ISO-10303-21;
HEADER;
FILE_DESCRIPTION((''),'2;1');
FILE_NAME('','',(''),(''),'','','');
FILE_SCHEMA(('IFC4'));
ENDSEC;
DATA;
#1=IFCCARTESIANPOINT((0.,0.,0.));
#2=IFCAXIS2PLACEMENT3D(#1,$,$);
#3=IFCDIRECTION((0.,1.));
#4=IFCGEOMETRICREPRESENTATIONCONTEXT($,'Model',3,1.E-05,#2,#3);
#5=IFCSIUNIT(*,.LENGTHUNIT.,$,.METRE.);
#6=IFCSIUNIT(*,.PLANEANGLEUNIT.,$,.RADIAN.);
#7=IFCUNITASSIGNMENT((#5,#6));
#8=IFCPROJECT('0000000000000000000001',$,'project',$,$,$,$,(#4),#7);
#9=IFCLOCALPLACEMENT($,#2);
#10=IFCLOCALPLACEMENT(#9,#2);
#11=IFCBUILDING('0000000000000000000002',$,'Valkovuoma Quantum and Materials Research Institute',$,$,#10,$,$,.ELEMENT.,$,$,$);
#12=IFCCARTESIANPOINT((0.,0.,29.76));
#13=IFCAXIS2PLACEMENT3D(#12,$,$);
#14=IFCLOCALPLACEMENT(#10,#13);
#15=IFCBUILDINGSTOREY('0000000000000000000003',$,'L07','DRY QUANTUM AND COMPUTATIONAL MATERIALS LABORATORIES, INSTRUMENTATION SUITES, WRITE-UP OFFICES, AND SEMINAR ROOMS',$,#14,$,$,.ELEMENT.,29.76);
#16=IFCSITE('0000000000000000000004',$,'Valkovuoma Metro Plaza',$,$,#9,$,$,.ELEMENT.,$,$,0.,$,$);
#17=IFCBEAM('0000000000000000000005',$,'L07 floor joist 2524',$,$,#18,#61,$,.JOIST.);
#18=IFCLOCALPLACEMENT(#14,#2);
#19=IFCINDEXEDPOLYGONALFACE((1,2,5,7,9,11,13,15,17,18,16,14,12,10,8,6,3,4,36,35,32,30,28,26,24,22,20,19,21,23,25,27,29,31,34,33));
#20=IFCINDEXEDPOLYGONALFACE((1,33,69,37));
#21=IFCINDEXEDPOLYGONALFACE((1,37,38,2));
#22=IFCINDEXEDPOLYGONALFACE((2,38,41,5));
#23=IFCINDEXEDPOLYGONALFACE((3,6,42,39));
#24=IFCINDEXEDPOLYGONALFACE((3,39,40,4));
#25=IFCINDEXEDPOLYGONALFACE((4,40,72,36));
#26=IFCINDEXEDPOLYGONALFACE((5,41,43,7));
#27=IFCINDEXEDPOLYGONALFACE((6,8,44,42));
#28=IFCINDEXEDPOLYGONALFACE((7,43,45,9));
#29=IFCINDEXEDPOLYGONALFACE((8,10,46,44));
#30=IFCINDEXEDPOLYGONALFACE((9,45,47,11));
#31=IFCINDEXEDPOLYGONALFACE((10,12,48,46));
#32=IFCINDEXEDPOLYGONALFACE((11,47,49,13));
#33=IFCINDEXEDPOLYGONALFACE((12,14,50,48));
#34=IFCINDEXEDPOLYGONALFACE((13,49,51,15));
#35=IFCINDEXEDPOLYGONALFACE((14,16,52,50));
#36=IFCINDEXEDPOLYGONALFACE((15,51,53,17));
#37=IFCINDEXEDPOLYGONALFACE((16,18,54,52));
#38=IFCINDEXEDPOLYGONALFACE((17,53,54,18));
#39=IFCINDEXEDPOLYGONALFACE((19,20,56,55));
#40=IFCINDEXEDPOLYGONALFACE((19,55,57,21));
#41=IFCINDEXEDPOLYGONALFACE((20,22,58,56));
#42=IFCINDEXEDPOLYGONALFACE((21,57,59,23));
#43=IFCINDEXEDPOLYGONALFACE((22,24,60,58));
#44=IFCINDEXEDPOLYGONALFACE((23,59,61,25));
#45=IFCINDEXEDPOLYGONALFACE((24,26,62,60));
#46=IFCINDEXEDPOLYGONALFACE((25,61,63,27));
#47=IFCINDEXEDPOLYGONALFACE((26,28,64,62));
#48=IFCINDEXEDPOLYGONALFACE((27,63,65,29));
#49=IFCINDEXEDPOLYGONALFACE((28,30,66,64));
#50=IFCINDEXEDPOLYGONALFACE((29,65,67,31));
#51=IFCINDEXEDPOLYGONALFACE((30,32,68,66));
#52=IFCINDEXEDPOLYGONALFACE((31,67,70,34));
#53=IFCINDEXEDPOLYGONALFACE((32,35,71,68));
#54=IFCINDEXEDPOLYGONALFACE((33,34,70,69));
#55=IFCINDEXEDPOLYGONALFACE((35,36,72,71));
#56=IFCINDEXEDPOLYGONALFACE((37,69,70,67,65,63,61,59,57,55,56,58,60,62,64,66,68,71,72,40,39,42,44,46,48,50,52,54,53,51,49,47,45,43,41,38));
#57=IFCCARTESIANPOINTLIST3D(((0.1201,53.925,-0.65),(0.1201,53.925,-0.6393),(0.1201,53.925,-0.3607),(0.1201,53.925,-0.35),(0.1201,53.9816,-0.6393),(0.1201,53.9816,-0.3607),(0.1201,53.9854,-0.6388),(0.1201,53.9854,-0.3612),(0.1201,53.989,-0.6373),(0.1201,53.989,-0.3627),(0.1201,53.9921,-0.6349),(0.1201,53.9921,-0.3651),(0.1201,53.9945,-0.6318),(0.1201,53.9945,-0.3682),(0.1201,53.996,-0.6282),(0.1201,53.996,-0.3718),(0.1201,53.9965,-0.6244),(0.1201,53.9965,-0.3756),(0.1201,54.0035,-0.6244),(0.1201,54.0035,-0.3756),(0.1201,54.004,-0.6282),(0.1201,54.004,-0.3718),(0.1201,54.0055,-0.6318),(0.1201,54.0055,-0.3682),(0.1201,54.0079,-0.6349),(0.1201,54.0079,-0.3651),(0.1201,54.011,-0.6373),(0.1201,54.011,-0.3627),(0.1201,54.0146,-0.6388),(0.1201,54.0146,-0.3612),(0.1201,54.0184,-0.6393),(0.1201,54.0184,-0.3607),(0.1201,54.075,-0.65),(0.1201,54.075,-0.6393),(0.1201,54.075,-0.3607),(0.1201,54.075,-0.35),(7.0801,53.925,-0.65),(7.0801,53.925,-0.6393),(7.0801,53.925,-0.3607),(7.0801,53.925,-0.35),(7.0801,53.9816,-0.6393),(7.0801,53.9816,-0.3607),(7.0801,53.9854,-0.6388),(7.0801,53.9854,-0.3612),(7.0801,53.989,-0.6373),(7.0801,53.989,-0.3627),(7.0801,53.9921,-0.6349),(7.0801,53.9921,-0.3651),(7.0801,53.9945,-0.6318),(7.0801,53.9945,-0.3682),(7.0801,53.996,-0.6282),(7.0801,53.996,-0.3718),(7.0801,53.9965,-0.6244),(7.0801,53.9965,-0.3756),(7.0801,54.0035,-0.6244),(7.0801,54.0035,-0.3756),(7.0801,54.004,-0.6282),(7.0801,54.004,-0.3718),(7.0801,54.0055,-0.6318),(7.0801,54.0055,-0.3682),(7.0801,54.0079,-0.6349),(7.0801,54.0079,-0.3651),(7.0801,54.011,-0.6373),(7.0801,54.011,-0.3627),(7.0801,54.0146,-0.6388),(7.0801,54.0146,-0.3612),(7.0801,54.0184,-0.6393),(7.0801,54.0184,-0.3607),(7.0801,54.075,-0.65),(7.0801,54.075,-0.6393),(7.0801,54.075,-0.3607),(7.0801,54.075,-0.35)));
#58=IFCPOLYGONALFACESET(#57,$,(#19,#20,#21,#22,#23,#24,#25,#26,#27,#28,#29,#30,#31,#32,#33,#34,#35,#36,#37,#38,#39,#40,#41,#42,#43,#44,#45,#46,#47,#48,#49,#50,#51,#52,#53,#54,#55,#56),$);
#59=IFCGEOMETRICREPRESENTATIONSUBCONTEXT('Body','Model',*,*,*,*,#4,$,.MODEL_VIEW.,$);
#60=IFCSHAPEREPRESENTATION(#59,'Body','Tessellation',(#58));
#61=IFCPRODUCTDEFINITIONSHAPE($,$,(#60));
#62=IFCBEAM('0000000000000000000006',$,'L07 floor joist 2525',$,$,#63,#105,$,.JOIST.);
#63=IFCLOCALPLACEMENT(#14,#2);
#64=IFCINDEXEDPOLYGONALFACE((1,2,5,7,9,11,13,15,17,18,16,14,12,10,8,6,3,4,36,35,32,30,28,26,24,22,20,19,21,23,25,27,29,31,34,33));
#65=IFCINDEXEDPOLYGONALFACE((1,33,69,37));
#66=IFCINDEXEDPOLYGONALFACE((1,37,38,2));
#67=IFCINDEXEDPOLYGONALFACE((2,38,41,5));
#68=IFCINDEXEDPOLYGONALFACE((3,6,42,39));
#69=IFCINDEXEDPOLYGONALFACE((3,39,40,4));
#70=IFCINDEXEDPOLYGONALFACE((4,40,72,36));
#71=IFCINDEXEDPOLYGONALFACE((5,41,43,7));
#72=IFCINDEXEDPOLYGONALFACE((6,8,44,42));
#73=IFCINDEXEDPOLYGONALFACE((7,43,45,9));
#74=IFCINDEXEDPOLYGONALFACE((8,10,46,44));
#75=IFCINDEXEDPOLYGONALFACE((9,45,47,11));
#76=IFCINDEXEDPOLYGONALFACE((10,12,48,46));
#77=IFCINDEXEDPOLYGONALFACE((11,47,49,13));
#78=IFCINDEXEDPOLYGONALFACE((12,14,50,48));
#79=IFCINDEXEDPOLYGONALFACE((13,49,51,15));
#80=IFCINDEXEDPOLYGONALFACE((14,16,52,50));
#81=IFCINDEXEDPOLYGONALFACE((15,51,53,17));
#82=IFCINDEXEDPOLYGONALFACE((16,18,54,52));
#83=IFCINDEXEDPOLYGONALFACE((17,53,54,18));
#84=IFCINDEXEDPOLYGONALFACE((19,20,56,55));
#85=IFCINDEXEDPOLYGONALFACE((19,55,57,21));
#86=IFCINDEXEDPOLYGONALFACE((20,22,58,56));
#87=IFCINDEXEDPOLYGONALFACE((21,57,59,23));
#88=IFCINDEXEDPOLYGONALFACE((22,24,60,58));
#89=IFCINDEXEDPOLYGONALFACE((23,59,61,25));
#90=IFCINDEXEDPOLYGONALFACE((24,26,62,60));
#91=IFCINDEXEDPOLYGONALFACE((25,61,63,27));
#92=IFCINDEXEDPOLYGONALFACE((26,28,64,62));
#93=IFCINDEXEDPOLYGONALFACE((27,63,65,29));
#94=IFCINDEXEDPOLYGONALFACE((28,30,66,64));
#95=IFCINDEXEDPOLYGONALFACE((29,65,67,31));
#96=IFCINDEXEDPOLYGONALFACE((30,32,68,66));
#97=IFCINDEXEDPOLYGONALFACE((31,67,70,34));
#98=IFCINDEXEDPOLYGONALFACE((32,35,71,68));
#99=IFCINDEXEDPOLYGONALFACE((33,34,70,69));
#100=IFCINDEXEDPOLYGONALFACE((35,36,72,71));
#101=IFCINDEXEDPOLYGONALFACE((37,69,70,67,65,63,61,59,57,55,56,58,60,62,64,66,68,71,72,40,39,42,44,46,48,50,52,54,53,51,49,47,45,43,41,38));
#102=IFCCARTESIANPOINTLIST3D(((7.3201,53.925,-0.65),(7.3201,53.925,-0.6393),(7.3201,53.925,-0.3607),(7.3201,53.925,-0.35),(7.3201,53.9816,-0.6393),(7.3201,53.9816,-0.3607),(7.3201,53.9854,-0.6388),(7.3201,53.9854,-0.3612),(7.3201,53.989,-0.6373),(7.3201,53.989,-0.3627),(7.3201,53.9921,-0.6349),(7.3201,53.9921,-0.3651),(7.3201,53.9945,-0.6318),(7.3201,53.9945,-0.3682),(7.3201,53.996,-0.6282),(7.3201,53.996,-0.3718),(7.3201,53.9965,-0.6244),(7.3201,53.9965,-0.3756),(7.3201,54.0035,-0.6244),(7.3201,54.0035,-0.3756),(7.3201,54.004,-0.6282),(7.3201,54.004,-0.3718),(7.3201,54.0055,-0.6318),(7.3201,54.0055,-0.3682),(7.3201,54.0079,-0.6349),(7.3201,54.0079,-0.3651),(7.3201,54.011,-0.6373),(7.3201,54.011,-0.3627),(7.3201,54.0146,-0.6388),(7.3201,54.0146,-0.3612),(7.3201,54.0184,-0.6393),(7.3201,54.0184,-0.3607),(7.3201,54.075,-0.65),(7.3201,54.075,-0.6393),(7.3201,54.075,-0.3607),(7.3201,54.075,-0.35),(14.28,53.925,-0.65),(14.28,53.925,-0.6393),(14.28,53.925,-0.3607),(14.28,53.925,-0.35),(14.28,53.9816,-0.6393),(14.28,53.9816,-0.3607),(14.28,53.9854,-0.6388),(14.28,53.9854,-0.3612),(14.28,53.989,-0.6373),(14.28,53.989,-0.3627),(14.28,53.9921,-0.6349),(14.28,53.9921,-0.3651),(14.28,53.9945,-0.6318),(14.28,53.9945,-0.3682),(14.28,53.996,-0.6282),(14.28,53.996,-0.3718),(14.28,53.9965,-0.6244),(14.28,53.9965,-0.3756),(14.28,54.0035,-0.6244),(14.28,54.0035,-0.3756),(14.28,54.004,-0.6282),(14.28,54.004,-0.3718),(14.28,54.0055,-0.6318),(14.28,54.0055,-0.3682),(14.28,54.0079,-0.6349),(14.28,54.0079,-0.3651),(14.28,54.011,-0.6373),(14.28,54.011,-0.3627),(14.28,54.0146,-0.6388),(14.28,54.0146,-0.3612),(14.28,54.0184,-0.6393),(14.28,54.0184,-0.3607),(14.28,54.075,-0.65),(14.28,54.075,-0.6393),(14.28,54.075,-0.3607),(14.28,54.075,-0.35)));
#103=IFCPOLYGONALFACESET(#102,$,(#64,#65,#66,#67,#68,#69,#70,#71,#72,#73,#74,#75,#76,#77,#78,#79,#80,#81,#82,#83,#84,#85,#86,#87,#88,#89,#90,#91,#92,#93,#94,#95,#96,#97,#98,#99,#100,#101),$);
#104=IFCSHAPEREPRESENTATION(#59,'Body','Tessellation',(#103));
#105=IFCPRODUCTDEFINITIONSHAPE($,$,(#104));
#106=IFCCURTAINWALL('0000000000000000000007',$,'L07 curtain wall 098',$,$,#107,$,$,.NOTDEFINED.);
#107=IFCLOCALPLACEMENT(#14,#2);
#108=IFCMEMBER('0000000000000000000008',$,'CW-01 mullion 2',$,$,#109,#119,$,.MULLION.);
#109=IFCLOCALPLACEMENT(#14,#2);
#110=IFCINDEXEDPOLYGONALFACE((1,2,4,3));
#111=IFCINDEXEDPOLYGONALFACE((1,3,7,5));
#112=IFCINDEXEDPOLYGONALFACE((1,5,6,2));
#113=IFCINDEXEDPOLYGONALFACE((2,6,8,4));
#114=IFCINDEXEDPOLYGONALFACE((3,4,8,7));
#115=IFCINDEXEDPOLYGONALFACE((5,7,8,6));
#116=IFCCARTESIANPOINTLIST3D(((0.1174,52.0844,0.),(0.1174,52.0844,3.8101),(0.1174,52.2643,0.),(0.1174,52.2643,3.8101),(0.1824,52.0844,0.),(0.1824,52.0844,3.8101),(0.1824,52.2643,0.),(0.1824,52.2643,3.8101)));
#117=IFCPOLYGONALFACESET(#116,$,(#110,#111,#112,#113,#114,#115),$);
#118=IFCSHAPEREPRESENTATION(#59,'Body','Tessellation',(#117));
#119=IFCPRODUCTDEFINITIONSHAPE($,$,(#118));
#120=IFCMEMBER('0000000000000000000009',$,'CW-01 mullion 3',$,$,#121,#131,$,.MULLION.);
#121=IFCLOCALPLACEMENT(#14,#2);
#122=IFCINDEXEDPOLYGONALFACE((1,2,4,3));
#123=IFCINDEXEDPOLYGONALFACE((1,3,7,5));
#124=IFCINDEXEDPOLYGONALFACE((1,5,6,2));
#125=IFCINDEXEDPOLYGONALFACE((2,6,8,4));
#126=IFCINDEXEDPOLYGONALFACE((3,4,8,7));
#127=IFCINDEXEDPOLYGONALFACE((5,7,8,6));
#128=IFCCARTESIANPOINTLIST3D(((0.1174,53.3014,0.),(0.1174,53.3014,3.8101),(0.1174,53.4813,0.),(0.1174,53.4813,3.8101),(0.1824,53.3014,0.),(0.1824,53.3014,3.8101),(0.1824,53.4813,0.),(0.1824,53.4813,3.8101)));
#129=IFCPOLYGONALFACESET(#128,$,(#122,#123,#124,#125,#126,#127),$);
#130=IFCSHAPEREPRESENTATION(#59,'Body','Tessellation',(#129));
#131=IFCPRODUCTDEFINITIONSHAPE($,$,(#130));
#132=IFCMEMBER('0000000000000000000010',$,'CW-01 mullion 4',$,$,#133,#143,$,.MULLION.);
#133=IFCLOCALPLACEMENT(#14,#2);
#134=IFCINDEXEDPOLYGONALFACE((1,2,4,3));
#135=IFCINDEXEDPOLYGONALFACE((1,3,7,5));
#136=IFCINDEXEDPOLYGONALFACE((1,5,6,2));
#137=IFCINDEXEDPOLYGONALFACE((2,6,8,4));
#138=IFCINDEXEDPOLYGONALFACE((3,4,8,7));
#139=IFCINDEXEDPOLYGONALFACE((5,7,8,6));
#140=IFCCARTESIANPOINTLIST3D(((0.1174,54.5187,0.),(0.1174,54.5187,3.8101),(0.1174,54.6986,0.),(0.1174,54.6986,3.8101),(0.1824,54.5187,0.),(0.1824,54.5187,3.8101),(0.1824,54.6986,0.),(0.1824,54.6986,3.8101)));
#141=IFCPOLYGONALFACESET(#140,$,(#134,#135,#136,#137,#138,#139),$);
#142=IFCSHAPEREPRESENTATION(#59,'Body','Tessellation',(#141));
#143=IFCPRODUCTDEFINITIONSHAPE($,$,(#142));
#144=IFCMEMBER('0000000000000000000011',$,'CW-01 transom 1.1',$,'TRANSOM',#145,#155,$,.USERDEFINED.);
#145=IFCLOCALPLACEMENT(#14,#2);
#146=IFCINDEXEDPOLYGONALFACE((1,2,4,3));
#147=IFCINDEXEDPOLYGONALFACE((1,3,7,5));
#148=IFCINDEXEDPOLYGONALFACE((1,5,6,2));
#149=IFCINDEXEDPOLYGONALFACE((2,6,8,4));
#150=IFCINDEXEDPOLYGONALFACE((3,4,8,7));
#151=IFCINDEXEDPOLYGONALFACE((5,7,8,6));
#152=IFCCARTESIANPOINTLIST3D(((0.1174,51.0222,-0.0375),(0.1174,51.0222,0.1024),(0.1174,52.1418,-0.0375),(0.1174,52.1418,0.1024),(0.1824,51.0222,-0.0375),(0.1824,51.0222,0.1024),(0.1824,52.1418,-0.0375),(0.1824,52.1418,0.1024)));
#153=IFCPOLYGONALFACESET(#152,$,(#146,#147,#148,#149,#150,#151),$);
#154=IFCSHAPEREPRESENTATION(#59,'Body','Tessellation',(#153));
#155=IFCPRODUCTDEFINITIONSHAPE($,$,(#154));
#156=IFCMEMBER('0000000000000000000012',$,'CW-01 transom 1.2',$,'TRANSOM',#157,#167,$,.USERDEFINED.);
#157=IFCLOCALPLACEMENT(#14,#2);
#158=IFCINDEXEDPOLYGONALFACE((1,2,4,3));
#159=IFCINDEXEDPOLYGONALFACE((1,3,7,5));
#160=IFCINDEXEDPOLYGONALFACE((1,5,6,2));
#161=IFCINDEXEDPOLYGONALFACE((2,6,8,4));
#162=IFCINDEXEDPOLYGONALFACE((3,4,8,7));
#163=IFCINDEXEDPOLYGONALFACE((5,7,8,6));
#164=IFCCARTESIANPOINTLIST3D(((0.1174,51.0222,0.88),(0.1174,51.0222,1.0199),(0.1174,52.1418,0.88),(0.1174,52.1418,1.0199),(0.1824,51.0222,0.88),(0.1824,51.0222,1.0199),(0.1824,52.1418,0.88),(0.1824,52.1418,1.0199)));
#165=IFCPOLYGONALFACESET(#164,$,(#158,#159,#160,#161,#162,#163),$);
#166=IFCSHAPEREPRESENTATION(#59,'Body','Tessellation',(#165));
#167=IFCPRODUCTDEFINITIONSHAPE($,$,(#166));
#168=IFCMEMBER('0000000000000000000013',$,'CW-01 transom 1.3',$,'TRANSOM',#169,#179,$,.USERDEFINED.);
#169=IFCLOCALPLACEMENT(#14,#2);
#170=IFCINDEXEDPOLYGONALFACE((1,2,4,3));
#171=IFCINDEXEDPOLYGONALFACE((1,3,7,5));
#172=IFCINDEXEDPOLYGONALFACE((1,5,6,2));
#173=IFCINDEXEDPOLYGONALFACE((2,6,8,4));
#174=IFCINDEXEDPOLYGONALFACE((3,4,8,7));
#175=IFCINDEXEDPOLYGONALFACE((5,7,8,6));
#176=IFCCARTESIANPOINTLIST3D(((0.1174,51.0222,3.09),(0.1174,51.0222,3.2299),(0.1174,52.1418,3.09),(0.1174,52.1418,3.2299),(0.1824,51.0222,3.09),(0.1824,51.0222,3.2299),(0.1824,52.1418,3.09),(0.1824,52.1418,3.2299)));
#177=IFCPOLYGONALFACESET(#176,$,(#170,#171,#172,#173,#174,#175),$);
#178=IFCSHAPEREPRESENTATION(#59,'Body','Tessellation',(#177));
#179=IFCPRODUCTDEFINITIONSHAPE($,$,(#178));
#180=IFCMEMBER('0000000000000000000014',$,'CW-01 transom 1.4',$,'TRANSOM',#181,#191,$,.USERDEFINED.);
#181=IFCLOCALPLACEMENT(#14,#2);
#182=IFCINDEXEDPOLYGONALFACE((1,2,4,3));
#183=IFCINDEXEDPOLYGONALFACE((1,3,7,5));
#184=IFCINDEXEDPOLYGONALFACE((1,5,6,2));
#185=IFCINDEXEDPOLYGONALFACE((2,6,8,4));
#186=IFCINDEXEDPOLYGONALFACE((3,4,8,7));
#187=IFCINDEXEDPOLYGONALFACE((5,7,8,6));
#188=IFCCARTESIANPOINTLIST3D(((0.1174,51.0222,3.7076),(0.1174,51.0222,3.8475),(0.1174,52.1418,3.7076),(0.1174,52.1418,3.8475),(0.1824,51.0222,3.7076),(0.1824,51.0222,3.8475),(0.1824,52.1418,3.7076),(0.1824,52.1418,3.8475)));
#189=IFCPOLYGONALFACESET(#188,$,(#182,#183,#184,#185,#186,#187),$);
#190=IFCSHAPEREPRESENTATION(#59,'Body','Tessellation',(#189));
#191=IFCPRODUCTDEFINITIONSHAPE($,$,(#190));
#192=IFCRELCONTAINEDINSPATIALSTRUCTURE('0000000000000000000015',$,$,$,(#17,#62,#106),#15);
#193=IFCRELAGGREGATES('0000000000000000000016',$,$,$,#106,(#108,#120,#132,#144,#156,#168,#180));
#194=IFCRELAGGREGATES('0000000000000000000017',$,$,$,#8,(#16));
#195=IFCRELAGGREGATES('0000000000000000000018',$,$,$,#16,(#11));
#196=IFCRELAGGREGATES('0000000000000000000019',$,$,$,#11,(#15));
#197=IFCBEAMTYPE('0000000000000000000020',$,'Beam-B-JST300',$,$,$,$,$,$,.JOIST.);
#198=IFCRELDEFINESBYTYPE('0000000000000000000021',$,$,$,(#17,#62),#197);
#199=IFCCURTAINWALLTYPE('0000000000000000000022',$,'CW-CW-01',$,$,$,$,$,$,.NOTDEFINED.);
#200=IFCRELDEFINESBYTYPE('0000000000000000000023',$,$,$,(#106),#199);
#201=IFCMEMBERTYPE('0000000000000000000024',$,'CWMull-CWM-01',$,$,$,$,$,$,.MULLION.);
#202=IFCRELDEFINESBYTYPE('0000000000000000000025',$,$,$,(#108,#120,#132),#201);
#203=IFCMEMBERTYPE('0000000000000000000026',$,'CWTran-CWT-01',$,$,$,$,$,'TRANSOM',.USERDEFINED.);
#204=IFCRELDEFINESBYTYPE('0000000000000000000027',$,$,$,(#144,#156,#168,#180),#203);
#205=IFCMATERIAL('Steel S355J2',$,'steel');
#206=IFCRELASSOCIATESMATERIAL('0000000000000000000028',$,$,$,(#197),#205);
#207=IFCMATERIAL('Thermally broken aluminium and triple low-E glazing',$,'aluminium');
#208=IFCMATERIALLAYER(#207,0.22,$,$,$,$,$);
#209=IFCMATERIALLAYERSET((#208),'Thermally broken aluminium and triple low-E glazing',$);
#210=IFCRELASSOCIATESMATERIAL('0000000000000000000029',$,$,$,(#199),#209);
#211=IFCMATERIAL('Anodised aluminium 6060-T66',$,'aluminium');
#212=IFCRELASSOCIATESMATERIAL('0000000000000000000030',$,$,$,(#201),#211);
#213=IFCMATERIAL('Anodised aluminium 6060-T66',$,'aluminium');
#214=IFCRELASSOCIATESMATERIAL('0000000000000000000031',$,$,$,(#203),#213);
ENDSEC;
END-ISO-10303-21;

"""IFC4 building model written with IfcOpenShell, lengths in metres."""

from ifc_helpers import new_model, si_unit, direction, frame, origin, origin_2d, place, context, subcontext, project, spatial, rectangle, i_section, extrude, material, layer, layer_set, material_profile, profile_set, type_object, element, aggregate, save


model = new_model("IFC4")

# Units and contexts
model_context = context("Model", 3, precision=1e-05, world=origin(), true_north=direction((0.0, 1.0)))
body_context = subcontext(model_context, "Body", "Model", "MODEL_VIEW")
ifc_project = project(units=[si_unit("LENGTHUNIT", "METRE"), si_unit("PLANEANGLEUNIT", "RADIAN")], contexts=[model_context])

# Site, building, storey
site_placement = place(None, origin())
site = spatial("IfcSite", under=ifc_project, at=site_placement, Name="Valkovuoma Metro Plaza", CompositionType="ELEMENT", RefElevation=0.0)
building_placement = place(site_placement, origin())
building = spatial("IfcBuilding", under=site, at=building_placement, Name="Valkovuoma Quantum and Materials Research Institute", CompositionType="ELEMENT")
storey_placement = place(building_placement, frame((0.0, 0.0, 29.76)))
storey = spatial("IfcBuildingStorey", under=building, at=storey_placement, Name="L07", Description="DRY QUANTUM AND COMPUTATIONAL MATERIALS LABORATORIES, INSTRUMENTATION SUITES, WRITE-UP OFFICES, AND SEMINAR ROOMS", CompositionType="ELEMENT", Elevation=29.76)

# Beams
ifc_material_1 = material(Name="Steel S355J2", Category="steel")
ifc_material_profile_1 = material_profile(ifc_material_1, i_section(OverallWidth=0.1499, OverallDepth=0.3, WebThickness=0.0071, FlangeThickness=0.0107, FilletRadius=0.0149, at=origin_2d()), Name="Steel S355J2")
ifc_profile_set_1 = profile_set([ifc_material_profile_1], Name="Steel S355J2")
beam_type = type_object("IfcBeamType", Name="Beam-B-JST300", PredefinedType="JOIST", material=ifc_profile_set_1)
for number, where, z_axis, x_axis, name in (
    (1, (0.1201, 54.0, -0.5), (1.0, 0.0, 0.0), (0.0, 1.0, 0.0), "L07 floor joist 2524"),
    (2, (7.3201, 54.0, -0.5), (1.0, 0.0, 0.0), (0.0, 1.0, 0.0), "L07 floor joist 2525"),
):
    element("IfcBeam", number, at=place(storey_placement, frame(where, z_axis=z_axis, x_axis=x_axis)), inside=storey, type_object=beam_type, Name=name, PredefinedType="JOIST", context=body_context, shape_type="SweptSolid", body=[
        extrude(i_section(OverallWidth=0.1499, OverallDepth=0.3, WebThickness=0.0071, FlangeThickness=0.0107, FilletRadius=0.0149, at=origin_2d()), origin(), (0.0, 0.0, 1.0), 6.96),
    ])

# Curtain wall, members
ifc_material_2 = material(Name="Thermally broken aluminium and triple low-E glazing", Category="aluminium")
ifc_layer_1 = layer(ifc_material_2, 0.22)
ifc_layer_set_1 = layer_set([ifc_layer_1], Name="Thermally broken aluminium and triple low-E glazing")
curtain_wall_type = type_object("IfcCurtainWallType", Name="CW-CW-01", PredefinedType="NOTDEFINED", material=ifc_layer_set_1)
curtain_wall_placement = place(storey_placement, origin())
curtain_wall = element("IfcCurtainWall", 3, at=curtain_wall_placement, inside=storey, type_object=curtain_wall_type, Name="L07 curtain wall 098", PredefinedType="NOTDEFINED")
ifc_material_3 = material(Name="Anodised aluminium 6060-T66", Category="aluminium")
ifc_material_profile_2 = material_profile(ifc_material_3, rectangle(XDim=0.0649, YDim=0.1799, at=origin_2d()), Name="Anodised aluminium 6060-T66")
ifc_profile_set_2 = profile_set([ifc_material_profile_2], Name="Anodised aluminium 6060-T66")
member_type_1 = type_object("IfcMemberType", Name="CWMull-CWM-01", PredefinedType="MULLION", material=ifc_profile_set_2)
member_1_placement = place(storey_placement, frame((0.1499, 52.1743, 0.0), z_axis=(0.0, 0.0, 1.0), x_axis=(-1.0, 0.0, 0.0)))
member_1 = element("IfcMember", 4, at=member_1_placement, type_object=member_type_1, Name="CW-01 mullion 2", PredefinedType="MULLION", context=body_context, shape_type="SweptSolid", body=[
    extrude(rectangle(XDim=0.0649, YDim=0.1799, at=origin_2d()), origin(), (0.0, 0.0, 1.0), 3.8101),
])
member_2_placement = place(storey_placement, frame((0.1499, 53.3914, 0.0), z_axis=(0.0, 0.0, 1.0), x_axis=(-1.0, 0.0, 0.0)))
member_2 = element("IfcMember", 5, at=member_2_placement, type_object=member_type_1, Name="CW-01 mullion 3", PredefinedType="MULLION", context=body_context, shape_type="SweptSolid", body=[
    extrude(rectangle(XDim=0.0649, YDim=0.1799, at=origin_2d()), origin(), (0.0, 0.0, 1.0), 3.8101),
])
member_3_placement = place(storey_placement, frame((0.1499, 54.6086, 0.0), z_axis=(0.0, 0.0, 1.0), x_axis=(-1.0, 0.0, 0.0)))
member_3 = element("IfcMember", 6, at=member_3_placement, type_object=member_type_1, Name="CW-01 mullion 4", PredefinedType="MULLION", context=body_context, shape_type="SweptSolid", body=[
    extrude(rectangle(XDim=0.0649, YDim=0.1799, at=origin_2d()), origin(), (0.0, 0.0, 1.0), 3.8101),
])
ifc_material_4 = material(Name="Anodised aluminium 6060-T66", Category="aluminium")
ifc_material_profile_3 = material_profile(ifc_material_4, rectangle(XDim=0.0649, YDim=0.1399, at=origin_2d()), Name="Anodised aluminium 6060-T66")
ifc_profile_set_3 = profile_set([ifc_material_profile_3], Name="Anodised aluminium 6060-T66")
member_type_2 = type_object("IfcMemberType", Name="CWTran-CWT-01", ElementType="TRANSOM", PredefinedType="USERDEFINED", material=ifc_profile_set_3)
member_4_placement = place(storey_placement, frame((0.1499, 51.0222, 0.0325), z_axis=(0.0, 1.0, 0.0), x_axis=(-1.0, 0.0, 0.0)))
member_4 = element("IfcMember", 7, at=member_4_placement, type_object=member_type_2, Name="CW-01 transom 1.1", ObjectType="TRANSOM", PredefinedType="USERDEFINED", context=body_context, shape_type="SweptSolid", body=[
    extrude(rectangle(XDim=0.0649, YDim=0.1399, at=origin_2d()), origin(), (0.0, 0.0, 1.0), 1.1196),
])
member_5_placement = place(storey_placement, frame((0.1499, 51.0222, 0.95), z_axis=(0.0, 1.0, 0.0), x_axis=(-1.0, 0.0, 0.0)))
member_5 = element("IfcMember", 8, at=member_5_placement, type_object=member_type_2, Name="CW-01 transom 1.2", ObjectType="TRANSOM", PredefinedType="USERDEFINED", context=body_context, shape_type="SweptSolid", body=[
    extrude(rectangle(XDim=0.0649, YDim=0.1399, at=origin_2d()), origin(), (0.0, 0.0, 1.0), 1.1196),
])
member_6_placement = place(storey_placement, frame((0.1499, 51.0222, 3.1599), z_axis=(0.0, 1.0, 0.0), x_axis=(-1.0, 0.0, 0.0)))
member_6 = element("IfcMember", 9, at=member_6_placement, type_object=member_type_2, Name="CW-01 transom 1.3", ObjectType="TRANSOM", PredefinedType="USERDEFINED", context=body_context, shape_type="SweptSolid", body=[
    extrude(rectangle(XDim=0.0649, YDim=0.1399, at=origin_2d()), origin(), (0.0, 0.0, 1.0), 1.1196),
])
member_7_placement = place(storey_placement, frame((0.1499, 51.0222, 3.7776), z_axis=(0.0, 1.0, 0.0), x_axis=(-1.0, 0.0, 0.0)))
member_7 = element("IfcMember", 10, at=member_7_placement, type_object=member_type_2, Name="CW-01 transom 1.4", ObjectType="TRANSOM", PredefinedType="USERDEFINED", context=body_context, shape_type="SweptSolid", body=[
    extrude(rectangle(XDim=0.0649, YDim=0.1399, at=origin_2d()), origin(), (0.0, 0.0, 1.0), 1.1196),
])
aggregate(curtain_wall, [member_1, member_2, member_3, member_4, member_5, member_6, member_7])

save(model, "model.ifc")
